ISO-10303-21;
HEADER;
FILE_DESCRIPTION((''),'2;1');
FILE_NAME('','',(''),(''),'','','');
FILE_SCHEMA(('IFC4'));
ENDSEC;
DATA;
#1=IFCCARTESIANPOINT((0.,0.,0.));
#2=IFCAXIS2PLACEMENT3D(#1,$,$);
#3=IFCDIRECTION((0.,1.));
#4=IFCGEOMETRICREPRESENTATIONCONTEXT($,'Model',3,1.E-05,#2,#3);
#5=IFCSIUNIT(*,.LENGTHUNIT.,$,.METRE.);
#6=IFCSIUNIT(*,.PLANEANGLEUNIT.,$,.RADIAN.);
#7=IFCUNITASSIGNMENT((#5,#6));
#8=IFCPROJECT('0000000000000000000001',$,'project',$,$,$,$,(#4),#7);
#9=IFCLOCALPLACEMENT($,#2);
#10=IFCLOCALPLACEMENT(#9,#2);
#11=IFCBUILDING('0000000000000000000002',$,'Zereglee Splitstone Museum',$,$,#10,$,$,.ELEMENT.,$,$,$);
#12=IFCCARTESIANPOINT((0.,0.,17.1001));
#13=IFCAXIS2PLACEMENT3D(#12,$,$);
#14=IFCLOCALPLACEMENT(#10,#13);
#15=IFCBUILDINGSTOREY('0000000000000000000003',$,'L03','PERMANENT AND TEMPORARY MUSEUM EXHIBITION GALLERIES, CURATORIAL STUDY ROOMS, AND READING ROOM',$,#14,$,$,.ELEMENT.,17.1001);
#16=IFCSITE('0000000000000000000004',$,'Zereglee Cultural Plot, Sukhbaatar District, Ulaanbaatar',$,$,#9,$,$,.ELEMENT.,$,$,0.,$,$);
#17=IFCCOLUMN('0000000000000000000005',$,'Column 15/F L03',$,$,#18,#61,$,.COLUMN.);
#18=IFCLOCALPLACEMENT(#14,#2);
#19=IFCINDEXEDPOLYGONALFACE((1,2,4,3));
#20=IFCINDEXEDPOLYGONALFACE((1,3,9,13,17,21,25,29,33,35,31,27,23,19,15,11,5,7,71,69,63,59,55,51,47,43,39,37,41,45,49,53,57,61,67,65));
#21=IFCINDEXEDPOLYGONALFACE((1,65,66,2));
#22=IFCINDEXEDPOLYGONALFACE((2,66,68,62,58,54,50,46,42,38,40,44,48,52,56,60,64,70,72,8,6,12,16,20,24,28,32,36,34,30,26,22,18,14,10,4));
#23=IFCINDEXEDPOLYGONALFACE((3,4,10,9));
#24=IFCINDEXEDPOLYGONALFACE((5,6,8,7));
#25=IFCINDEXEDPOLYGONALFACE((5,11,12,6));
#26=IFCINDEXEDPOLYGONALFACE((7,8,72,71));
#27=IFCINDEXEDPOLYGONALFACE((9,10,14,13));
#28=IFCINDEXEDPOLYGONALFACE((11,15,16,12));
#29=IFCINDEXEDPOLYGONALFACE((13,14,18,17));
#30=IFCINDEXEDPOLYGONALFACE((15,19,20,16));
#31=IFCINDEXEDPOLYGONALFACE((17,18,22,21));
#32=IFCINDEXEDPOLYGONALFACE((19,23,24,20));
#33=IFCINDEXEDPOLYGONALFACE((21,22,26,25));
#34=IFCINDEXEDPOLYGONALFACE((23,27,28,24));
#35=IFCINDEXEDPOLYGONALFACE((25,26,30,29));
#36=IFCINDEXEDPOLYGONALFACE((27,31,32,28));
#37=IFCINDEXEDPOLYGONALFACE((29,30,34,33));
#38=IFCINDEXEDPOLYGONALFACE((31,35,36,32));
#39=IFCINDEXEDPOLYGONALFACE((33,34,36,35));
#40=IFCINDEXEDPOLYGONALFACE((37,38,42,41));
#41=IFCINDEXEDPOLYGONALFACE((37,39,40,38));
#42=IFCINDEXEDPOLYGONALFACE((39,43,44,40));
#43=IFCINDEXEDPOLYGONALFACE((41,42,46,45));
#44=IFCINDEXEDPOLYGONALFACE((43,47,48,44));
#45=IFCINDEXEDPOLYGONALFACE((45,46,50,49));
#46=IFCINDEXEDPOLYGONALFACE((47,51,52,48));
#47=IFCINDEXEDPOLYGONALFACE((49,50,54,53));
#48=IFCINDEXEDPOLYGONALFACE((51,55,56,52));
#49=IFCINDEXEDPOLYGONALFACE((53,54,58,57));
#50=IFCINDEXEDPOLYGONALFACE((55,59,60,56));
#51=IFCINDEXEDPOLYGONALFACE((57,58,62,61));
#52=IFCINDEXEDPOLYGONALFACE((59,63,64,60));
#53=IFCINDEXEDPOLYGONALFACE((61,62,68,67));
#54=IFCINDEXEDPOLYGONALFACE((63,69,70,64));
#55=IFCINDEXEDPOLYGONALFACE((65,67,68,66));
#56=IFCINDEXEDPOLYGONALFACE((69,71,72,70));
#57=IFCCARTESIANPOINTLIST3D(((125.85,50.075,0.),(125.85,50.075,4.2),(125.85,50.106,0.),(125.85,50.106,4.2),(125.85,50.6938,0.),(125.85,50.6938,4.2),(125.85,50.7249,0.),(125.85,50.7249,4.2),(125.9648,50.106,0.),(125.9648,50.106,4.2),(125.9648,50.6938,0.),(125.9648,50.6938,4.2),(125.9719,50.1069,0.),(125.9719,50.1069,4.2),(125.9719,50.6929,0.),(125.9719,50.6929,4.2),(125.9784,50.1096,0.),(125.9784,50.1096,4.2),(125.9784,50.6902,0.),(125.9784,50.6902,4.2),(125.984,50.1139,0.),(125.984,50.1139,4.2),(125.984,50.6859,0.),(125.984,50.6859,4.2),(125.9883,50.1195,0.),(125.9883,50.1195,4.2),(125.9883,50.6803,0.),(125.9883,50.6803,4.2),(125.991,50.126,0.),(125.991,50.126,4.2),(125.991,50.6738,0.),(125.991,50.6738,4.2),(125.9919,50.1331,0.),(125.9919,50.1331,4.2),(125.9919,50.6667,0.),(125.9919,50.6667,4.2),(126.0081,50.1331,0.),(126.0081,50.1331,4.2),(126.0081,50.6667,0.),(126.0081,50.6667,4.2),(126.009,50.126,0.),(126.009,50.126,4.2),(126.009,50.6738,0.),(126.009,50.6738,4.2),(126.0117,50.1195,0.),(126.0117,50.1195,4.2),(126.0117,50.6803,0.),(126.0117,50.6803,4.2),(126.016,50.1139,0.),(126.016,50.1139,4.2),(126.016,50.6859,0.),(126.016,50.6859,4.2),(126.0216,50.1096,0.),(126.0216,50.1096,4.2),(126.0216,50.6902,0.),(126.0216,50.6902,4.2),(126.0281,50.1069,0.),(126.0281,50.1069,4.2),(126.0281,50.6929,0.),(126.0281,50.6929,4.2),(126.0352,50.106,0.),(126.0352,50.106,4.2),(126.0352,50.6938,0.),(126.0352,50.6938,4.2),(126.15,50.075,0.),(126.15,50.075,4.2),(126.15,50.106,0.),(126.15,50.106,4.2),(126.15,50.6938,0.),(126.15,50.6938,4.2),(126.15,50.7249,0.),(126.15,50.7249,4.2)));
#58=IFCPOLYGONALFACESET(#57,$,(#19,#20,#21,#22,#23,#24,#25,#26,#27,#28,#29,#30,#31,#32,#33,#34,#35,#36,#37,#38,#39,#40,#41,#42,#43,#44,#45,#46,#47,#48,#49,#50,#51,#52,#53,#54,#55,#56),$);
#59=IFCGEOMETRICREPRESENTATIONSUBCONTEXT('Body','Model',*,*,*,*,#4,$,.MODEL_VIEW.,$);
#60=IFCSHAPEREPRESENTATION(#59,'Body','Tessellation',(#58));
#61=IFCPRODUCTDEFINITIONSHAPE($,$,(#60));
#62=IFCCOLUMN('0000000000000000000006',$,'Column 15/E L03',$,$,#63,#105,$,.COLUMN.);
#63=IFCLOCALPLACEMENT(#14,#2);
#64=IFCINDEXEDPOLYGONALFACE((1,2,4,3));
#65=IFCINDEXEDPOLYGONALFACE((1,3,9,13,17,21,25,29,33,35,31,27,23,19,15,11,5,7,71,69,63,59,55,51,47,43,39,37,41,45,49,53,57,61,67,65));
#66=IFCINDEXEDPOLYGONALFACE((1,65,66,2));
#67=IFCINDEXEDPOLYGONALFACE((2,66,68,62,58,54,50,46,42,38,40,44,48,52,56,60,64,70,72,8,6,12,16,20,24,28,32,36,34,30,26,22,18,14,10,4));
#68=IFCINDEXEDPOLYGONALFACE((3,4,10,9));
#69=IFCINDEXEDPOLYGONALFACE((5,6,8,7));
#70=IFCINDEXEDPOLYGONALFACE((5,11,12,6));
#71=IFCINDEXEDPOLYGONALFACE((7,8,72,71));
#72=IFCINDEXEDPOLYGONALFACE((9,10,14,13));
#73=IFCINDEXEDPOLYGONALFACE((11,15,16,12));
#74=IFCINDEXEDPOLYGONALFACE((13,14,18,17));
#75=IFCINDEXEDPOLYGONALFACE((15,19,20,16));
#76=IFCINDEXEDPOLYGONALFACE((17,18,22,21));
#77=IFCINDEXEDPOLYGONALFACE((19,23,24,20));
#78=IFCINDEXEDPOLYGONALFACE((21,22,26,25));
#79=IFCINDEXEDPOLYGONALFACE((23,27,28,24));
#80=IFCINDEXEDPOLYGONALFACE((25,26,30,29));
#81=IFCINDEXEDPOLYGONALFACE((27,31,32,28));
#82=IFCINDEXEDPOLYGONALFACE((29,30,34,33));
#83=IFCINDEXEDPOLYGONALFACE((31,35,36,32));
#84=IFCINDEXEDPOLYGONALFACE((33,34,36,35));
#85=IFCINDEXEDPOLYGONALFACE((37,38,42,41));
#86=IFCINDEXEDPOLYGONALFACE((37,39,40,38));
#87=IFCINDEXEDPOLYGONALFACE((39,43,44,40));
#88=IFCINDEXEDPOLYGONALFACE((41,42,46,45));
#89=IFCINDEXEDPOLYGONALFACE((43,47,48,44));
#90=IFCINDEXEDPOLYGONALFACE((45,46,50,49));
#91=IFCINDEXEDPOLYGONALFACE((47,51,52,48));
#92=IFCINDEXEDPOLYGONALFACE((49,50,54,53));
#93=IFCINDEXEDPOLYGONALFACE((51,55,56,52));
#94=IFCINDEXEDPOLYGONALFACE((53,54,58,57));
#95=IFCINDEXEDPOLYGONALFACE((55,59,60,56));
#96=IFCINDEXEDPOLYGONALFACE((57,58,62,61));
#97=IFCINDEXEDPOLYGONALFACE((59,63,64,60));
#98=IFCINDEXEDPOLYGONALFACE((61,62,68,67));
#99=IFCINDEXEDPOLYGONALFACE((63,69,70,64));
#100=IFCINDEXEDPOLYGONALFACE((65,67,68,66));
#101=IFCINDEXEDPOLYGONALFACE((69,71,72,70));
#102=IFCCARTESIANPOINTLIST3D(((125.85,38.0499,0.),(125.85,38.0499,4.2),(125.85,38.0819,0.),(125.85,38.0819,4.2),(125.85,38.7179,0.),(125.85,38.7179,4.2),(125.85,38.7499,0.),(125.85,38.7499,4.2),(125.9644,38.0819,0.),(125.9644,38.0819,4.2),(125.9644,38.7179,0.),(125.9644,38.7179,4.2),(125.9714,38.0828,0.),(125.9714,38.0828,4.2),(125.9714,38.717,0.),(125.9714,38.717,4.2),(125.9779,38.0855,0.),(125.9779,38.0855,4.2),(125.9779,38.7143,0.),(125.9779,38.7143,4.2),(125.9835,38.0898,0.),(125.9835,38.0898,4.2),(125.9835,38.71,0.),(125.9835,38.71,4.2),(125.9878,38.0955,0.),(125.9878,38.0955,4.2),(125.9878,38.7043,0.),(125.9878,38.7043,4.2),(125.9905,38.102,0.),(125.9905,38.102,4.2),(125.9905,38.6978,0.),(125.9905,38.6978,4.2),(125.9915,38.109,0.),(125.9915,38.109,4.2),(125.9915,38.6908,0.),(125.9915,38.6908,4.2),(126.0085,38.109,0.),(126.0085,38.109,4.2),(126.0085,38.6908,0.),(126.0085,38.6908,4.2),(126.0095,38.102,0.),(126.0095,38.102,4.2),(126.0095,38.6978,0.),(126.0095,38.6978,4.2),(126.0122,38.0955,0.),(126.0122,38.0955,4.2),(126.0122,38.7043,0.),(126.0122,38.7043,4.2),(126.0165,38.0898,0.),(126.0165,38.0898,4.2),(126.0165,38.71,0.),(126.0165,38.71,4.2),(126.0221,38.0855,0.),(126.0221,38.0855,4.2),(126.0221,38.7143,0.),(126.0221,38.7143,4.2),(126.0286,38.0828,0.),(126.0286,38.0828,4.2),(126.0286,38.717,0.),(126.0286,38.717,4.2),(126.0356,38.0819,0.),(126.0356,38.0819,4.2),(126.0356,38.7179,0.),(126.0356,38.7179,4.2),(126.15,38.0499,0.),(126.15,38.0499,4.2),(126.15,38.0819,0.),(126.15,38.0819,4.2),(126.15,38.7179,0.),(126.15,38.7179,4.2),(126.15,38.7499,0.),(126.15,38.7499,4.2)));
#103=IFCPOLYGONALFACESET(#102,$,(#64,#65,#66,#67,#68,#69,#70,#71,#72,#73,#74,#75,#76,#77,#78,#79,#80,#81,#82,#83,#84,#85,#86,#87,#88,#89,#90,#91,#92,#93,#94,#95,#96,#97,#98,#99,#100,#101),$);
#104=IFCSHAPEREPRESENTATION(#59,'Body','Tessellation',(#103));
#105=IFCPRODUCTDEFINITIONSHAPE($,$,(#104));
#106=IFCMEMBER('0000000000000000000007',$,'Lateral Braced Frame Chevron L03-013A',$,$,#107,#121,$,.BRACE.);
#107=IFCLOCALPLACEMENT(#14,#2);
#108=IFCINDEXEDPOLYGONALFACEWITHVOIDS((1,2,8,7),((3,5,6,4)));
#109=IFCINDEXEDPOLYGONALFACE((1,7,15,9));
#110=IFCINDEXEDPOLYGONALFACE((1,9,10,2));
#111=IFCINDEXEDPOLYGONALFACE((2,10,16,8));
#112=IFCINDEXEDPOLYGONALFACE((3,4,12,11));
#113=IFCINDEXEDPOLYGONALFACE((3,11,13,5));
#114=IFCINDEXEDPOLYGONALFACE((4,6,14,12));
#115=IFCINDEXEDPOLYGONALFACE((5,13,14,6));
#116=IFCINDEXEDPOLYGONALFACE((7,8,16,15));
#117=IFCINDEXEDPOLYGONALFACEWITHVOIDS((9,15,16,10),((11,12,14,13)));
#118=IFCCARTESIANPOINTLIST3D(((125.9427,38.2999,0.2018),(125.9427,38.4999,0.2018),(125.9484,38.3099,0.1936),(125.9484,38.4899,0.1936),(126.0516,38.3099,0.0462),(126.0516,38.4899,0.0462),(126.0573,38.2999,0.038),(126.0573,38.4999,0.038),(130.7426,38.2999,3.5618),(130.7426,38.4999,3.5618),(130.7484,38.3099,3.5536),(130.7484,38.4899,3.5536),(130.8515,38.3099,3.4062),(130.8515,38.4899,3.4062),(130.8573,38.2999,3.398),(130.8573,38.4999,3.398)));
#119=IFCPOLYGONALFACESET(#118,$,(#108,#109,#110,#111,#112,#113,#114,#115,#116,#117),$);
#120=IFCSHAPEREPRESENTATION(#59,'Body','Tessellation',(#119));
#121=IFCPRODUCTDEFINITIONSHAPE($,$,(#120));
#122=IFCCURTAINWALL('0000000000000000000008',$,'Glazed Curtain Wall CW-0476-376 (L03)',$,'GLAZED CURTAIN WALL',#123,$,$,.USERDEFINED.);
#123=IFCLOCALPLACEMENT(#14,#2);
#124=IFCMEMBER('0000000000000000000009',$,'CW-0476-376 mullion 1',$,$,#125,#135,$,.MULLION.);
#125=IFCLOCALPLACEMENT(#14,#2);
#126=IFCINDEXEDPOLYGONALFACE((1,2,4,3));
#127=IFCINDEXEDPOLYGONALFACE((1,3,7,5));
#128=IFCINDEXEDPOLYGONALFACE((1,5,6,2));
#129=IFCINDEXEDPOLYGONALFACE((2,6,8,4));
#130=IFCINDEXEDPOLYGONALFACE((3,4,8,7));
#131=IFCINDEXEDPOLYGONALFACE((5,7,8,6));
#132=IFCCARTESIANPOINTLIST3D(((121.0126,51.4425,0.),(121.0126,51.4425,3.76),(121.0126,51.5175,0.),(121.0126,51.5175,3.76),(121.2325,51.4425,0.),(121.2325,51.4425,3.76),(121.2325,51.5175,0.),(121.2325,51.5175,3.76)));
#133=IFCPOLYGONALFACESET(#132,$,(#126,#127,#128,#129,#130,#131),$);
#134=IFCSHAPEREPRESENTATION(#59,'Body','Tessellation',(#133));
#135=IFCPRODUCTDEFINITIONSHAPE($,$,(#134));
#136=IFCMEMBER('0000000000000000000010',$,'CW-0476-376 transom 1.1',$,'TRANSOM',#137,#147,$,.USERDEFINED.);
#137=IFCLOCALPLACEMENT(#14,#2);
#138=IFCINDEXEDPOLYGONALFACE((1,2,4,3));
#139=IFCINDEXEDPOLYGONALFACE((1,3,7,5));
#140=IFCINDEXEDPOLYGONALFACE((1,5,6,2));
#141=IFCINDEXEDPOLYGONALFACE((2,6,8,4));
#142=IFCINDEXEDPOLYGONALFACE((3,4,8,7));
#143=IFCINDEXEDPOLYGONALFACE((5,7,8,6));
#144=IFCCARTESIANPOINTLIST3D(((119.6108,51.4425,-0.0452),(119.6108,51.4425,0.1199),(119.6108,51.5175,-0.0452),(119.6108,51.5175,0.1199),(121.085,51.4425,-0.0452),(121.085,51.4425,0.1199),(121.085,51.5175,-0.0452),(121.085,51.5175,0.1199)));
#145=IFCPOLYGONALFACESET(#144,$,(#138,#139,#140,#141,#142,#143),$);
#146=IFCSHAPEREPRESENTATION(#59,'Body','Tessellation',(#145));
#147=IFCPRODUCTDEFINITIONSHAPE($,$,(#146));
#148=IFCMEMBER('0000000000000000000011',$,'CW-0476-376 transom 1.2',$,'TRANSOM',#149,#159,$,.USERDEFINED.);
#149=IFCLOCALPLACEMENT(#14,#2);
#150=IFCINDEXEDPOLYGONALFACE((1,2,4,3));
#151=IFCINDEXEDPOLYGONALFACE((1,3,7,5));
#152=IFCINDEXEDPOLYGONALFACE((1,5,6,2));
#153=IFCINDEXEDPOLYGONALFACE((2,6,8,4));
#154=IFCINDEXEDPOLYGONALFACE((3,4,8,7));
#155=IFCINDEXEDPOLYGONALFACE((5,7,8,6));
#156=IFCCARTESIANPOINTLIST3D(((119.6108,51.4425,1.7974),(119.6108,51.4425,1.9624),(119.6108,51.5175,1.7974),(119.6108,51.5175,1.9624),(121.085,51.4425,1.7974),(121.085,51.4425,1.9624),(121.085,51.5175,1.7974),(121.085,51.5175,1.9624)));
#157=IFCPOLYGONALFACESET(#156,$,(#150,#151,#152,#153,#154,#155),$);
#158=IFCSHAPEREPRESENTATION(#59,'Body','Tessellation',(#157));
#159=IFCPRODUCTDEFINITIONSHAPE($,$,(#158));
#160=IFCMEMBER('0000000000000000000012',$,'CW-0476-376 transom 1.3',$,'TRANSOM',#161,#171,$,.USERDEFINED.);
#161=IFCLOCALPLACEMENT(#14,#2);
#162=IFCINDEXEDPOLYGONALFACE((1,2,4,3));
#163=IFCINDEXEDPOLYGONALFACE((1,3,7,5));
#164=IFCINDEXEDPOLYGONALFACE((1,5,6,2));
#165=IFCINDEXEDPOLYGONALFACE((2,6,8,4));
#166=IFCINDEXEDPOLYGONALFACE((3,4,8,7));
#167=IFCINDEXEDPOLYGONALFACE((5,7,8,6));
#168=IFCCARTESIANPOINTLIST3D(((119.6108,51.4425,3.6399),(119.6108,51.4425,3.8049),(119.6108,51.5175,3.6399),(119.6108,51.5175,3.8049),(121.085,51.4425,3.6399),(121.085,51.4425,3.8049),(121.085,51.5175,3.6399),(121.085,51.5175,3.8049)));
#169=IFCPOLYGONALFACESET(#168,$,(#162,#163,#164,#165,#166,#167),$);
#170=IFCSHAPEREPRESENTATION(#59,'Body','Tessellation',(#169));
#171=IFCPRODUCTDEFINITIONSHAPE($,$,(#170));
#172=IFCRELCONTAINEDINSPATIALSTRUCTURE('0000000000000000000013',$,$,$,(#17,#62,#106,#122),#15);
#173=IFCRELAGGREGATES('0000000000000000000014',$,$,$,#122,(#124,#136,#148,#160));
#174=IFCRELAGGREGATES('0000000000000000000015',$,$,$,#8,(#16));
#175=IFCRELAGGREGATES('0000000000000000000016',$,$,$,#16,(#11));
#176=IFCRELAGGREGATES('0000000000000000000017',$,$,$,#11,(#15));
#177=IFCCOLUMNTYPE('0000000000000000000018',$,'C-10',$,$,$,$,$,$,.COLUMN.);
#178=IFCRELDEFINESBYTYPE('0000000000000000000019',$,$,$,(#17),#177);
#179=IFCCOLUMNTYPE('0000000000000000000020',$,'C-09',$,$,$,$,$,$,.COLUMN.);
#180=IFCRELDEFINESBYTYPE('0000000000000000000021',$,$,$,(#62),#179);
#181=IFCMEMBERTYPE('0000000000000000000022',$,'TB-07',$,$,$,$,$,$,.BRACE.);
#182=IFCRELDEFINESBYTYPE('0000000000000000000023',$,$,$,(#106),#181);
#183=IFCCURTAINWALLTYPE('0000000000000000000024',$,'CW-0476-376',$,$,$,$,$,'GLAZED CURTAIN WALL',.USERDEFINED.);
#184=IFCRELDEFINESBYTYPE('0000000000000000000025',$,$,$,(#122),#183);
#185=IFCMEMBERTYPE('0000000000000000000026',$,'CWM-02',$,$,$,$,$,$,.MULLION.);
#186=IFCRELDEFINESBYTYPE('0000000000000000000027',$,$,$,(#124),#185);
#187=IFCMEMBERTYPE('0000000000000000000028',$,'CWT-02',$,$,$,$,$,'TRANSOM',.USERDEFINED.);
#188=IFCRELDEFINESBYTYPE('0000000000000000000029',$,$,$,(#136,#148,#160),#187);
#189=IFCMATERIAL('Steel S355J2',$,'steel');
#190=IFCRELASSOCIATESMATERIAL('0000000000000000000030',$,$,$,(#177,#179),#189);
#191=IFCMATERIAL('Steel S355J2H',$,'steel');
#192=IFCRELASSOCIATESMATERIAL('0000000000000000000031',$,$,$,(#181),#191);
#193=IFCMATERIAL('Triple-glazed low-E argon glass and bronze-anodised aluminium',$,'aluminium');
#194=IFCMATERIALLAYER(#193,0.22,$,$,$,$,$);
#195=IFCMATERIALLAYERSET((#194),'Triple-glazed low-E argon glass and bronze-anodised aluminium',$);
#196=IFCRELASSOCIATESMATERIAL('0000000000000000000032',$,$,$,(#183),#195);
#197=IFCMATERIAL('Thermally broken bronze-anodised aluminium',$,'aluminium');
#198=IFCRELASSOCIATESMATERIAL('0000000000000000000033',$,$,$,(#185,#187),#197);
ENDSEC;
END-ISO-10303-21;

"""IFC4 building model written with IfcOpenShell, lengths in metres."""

from ifc_helpers import new_model, si_unit, direction, frame, origin, origin_2d, place, context, subcontext, project, spatial, rectangle, hollow_rectangle, i_section, extrude, material, layer, layer_set, material_profile, profile_set, type_object, element, aggregate, save


model = new_model("IFC4")

# Units and contexts
model_context = context("Model", 3, precision=1e-05, world=origin(), true_north=direction((0.0, 1.0)))
body_context = subcontext(model_context, "Body", "Model", "MODEL_VIEW")
ifc_project = project(units=[si_unit("LENGTHUNIT", "METRE"), si_unit("PLANEANGLEUNIT", "RADIAN")], contexts=[model_context])

# Site, building, storey
site_placement = place(None, origin())
site = spatial("IfcSite", under=ifc_project, at=site_placement, Name="Zereglee Cultural Plot, Sukhbaatar District, Ulaanbaatar", CompositionType="ELEMENT", RefElevation=0.0)
building_placement = place(site_placement, origin())
building = spatial("IfcBuilding", under=site, at=building_placement, Name="Zereglee Splitstone Museum", CompositionType="ELEMENT")
storey_placement = place(building_placement, frame((0.0, 0.0, 17.1001)))
storey = spatial("IfcBuildingStorey", under=building, at=storey_placement, Name="L03", Description="PERMANENT AND TEMPORARY MUSEUM EXHIBITION GALLERIES, CURATORIAL STUDY ROOMS, AND READING ROOM", CompositionType="ELEMENT", Elevation=17.1001)

# Columns
ifc_material_1 = material(Name="Steel S355J2", Category="steel")
ifc_material_profile_1 = material_profile(ifc_material_1, i_section(OverallWidth=0.3, OverallDepth=0.6499, WebThickness=0.0161, FlangeThickness=0.031, FilletRadius=0.0271, at=origin_2d()), Name="HE 650 B")
ifc_profile_set_1 = profile_set([ifc_material_profile_1], Name="Steel S355J2")
column_type_1 = type_object("IfcColumnType", Name="C-10", PredefinedType="COLUMN", material=ifc_profile_set_1)
column_1_placement = place(storey_placement, frame((126.0, 50.3999, 0.0), z_axis=(0.0, 0.0, 1.0), x_axis=(1.0, 0.0, 0.0)))
element("IfcColumn", 1, at=column_1_placement, inside=storey, type_object=column_type_1, Name="Column 15/F L03", PredefinedType="COLUMN", context=body_context, shape_type="SweptSolid", body=[
    extrude(i_section(OverallWidth=0.3, OverallDepth=0.6499, WebThickness=0.0161, FlangeThickness=0.031, FilletRadius=0.0271, at=origin_2d()), origin(), (0.0, 0.0, 1.0), 4.2),
])
ifc_material_profile_2 = material_profile(ifc_material_1, i_section(OverallWidth=0.3, OverallDepth=0.7, WebThickness=0.0171, FlangeThickness=0.032, FilletRadius=0.0271, at=origin_2d()), Name="HE 700 B")
ifc_profile_set_2 = profile_set([ifc_material_profile_2], Name="Steel S355J2")
column_type_2 = type_object("IfcColumnType", Name="C-09", PredefinedType="COLUMN", material=ifc_profile_set_2)
column_2_placement = place(storey_placement, frame((126.0, 38.3999, 0.0), z_axis=(0.0, 0.0, 1.0), x_axis=(1.0, 0.0, 0.0)))
element("IfcColumn", 2, at=column_2_placement, inside=storey, type_object=column_type_2, Name="Column 15/E L03", PredefinedType="COLUMN", context=body_context, shape_type="SweptSolid", body=[
    extrude(i_section(OverallWidth=0.3, OverallDepth=0.7, WebThickness=0.0171, FlangeThickness=0.032, FilletRadius=0.0271, at=origin_2d()), origin(), (0.0, 0.0, 1.0), 4.2),
])

# Member
ifc_material_2 = material(Name="Steel S355J2H", Category="steel")
ifc_material_profile_3 = material_profile(ifc_material_2, hollow_rectangle(XDim=0.2, YDim=0.2, WallThickness=0.01, at=origin_2d()), Name="SHS 200x200x10")
ifc_profile_set_3 = profile_set([ifc_material_profile_3], Name="Steel S355J2H")
member_type_1 = type_object("IfcMemberType", Name="TB-07", PredefinedType="BRACE", material=ifc_profile_set_3)
member_1_placement = place(storey_placement, frame((126.0, 38.3999, 0.1199), z_axis=(0.819226, 0.0, 0.573471), x_axis=(0.0, 1.0, 0.0)))
element("IfcMember", 3, at=member_1_placement, inside=storey, type_object=member_type_1, Name="Lateral Braced Frame Chevron L03-013A", PredefinedType="BRACE", context=body_context, shape_type="SweptSolid", body=[
    extrude(hollow_rectangle(XDim=0.2, YDim=0.2, WallThickness=0.01, at=origin_2d()), origin(), (0.0, 0.0, 1.0), 5.8591),
])

# Curtain wall, members
ifc_material_3 = material(Name="Triple-glazed low-E argon glass and bronze-anodised aluminium", Category="aluminium")
ifc_layer_1 = layer(ifc_material_3, 0.22)
ifc_layer_set_1 = layer_set([ifc_layer_1], Name="Triple-glazed low-E argon glass and bronze-anodised aluminium")
curtain_wall_type = type_object("IfcCurtainWallType", Name="CW-0476-376", ElementType="GLAZED CURTAIN WALL", PredefinedType="USERDEFINED", material=ifc_layer_set_1)
curtain_wall_placement = place(storey_placement, origin())
curtain_wall = element("IfcCurtainWall", 4, at=curtain_wall_placement, inside=storey, type_object=curtain_wall_type, Name="Glazed Curtain Wall CW-0476-376 (L03)", ObjectType="GLAZED CURTAIN WALL", PredefinedType="USERDEFINED")
ifc_material_4 = material(Name="Thermally broken bronze-anodised aluminium", Category="aluminium")
ifc_material_profile_4 = material_profile(ifc_material_4, rectangle(XDim=0.075, YDim=0.22, at=origin_2d()), Name="CW MULL 75x220")
ifc_profile_set_4 = profile_set([ifc_material_profile_4], Name="Thermally broken bronze-anodised aluminium")
member_type_2 = type_object("IfcMemberType", Name="CWM-02", PredefinedType="MULLION", material=ifc_profile_set_4)
member_2_placement = place(storey_placement, frame((121.1226, 51.48, 0.0), z_axis=(0.0, 0.0, 1.0), x_axis=(0.0, -1.0, 0.0)))
member_2 = element("IfcMember", 5, at=member_2_placement, type_object=member_type_2, Name="CW-0476-376 mullion 1", PredefinedType="MULLION", context=body_context, shape_type="SweptSolid", body=[
    extrude(rectangle(XDim=0.075, YDim=0.22, at=origin_2d()), origin(), (0.0, 0.0, 1.0), 3.76),
])
ifc_material_profile_5 = material_profile(ifc_material_4, rectangle(XDim=0.075, YDim=0.165, at=origin_2d()), Name="CW TRAN 75x165")
ifc_profile_set_5 = profile_set([ifc_material_profile_5], Name="Thermally broken bronze-anodised aluminium")
member_type_3 = type_object("IfcMemberType", Name="CWT-02", ElementType="TRANSOM", PredefinedType="USERDEFINED", material=ifc_profile_set_5)
member_3_placement = place(storey_placement, frame((121.085, 51.48, 0.0374), z_axis=(-1.0, 0.0, 0.0), x_axis=(0.0, -1.0, 0.0)))
member_3 = element("IfcMember", 6, at=member_3_placement, type_object=member_type_3, Name="CW-0476-376 transom 1.1", ObjectType="TRANSOM", PredefinedType="USERDEFINED", context=body_context, shape_type="SweptSolid", body=[
    extrude(rectangle(XDim=0.075, YDim=0.165, at=origin_2d()), origin(), (0.0, 0.0, 1.0), 1.4741),
])
member_4_placement = place(storey_placement, frame((121.085, 51.48, 1.8799), z_axis=(-1.0, 0.0, 0.0), x_axis=(0.0, -1.0, 0.0)))
member_4 = element("IfcMember", 7, at=member_4_placement, type_object=member_type_3, Name="CW-0476-376 transom 1.2", ObjectType="TRANSOM", PredefinedType="USERDEFINED", context=body_context, shape_type="SweptSolid", body=[
    extrude(rectangle(XDim=0.075, YDim=0.165, at=origin_2d()), origin(), (0.0, 0.0, 1.0), 1.4741),
])
member_5_placement = place(storey_placement, frame((121.085, 51.48, 3.7224), z_axis=(-1.0, 0.0, 0.0), x_axis=(0.0, -1.0, 0.0)))
member_5 = element("IfcMember", 8, at=member_5_placement, type_object=member_type_3, Name="CW-0476-376 transom 1.3", ObjectType="TRANSOM", PredefinedType="USERDEFINED", context=body_context, shape_type="SweptSolid", body=[
    extrude(rectangle(XDim=0.075, YDim=0.165, at=origin_2d()), origin(), (0.0, 0.0, 1.0), 1.4741),
])
aggregate(curtain_wall, [member_2, member_3, member_4, member_5])

save(model, "model.ifc")
